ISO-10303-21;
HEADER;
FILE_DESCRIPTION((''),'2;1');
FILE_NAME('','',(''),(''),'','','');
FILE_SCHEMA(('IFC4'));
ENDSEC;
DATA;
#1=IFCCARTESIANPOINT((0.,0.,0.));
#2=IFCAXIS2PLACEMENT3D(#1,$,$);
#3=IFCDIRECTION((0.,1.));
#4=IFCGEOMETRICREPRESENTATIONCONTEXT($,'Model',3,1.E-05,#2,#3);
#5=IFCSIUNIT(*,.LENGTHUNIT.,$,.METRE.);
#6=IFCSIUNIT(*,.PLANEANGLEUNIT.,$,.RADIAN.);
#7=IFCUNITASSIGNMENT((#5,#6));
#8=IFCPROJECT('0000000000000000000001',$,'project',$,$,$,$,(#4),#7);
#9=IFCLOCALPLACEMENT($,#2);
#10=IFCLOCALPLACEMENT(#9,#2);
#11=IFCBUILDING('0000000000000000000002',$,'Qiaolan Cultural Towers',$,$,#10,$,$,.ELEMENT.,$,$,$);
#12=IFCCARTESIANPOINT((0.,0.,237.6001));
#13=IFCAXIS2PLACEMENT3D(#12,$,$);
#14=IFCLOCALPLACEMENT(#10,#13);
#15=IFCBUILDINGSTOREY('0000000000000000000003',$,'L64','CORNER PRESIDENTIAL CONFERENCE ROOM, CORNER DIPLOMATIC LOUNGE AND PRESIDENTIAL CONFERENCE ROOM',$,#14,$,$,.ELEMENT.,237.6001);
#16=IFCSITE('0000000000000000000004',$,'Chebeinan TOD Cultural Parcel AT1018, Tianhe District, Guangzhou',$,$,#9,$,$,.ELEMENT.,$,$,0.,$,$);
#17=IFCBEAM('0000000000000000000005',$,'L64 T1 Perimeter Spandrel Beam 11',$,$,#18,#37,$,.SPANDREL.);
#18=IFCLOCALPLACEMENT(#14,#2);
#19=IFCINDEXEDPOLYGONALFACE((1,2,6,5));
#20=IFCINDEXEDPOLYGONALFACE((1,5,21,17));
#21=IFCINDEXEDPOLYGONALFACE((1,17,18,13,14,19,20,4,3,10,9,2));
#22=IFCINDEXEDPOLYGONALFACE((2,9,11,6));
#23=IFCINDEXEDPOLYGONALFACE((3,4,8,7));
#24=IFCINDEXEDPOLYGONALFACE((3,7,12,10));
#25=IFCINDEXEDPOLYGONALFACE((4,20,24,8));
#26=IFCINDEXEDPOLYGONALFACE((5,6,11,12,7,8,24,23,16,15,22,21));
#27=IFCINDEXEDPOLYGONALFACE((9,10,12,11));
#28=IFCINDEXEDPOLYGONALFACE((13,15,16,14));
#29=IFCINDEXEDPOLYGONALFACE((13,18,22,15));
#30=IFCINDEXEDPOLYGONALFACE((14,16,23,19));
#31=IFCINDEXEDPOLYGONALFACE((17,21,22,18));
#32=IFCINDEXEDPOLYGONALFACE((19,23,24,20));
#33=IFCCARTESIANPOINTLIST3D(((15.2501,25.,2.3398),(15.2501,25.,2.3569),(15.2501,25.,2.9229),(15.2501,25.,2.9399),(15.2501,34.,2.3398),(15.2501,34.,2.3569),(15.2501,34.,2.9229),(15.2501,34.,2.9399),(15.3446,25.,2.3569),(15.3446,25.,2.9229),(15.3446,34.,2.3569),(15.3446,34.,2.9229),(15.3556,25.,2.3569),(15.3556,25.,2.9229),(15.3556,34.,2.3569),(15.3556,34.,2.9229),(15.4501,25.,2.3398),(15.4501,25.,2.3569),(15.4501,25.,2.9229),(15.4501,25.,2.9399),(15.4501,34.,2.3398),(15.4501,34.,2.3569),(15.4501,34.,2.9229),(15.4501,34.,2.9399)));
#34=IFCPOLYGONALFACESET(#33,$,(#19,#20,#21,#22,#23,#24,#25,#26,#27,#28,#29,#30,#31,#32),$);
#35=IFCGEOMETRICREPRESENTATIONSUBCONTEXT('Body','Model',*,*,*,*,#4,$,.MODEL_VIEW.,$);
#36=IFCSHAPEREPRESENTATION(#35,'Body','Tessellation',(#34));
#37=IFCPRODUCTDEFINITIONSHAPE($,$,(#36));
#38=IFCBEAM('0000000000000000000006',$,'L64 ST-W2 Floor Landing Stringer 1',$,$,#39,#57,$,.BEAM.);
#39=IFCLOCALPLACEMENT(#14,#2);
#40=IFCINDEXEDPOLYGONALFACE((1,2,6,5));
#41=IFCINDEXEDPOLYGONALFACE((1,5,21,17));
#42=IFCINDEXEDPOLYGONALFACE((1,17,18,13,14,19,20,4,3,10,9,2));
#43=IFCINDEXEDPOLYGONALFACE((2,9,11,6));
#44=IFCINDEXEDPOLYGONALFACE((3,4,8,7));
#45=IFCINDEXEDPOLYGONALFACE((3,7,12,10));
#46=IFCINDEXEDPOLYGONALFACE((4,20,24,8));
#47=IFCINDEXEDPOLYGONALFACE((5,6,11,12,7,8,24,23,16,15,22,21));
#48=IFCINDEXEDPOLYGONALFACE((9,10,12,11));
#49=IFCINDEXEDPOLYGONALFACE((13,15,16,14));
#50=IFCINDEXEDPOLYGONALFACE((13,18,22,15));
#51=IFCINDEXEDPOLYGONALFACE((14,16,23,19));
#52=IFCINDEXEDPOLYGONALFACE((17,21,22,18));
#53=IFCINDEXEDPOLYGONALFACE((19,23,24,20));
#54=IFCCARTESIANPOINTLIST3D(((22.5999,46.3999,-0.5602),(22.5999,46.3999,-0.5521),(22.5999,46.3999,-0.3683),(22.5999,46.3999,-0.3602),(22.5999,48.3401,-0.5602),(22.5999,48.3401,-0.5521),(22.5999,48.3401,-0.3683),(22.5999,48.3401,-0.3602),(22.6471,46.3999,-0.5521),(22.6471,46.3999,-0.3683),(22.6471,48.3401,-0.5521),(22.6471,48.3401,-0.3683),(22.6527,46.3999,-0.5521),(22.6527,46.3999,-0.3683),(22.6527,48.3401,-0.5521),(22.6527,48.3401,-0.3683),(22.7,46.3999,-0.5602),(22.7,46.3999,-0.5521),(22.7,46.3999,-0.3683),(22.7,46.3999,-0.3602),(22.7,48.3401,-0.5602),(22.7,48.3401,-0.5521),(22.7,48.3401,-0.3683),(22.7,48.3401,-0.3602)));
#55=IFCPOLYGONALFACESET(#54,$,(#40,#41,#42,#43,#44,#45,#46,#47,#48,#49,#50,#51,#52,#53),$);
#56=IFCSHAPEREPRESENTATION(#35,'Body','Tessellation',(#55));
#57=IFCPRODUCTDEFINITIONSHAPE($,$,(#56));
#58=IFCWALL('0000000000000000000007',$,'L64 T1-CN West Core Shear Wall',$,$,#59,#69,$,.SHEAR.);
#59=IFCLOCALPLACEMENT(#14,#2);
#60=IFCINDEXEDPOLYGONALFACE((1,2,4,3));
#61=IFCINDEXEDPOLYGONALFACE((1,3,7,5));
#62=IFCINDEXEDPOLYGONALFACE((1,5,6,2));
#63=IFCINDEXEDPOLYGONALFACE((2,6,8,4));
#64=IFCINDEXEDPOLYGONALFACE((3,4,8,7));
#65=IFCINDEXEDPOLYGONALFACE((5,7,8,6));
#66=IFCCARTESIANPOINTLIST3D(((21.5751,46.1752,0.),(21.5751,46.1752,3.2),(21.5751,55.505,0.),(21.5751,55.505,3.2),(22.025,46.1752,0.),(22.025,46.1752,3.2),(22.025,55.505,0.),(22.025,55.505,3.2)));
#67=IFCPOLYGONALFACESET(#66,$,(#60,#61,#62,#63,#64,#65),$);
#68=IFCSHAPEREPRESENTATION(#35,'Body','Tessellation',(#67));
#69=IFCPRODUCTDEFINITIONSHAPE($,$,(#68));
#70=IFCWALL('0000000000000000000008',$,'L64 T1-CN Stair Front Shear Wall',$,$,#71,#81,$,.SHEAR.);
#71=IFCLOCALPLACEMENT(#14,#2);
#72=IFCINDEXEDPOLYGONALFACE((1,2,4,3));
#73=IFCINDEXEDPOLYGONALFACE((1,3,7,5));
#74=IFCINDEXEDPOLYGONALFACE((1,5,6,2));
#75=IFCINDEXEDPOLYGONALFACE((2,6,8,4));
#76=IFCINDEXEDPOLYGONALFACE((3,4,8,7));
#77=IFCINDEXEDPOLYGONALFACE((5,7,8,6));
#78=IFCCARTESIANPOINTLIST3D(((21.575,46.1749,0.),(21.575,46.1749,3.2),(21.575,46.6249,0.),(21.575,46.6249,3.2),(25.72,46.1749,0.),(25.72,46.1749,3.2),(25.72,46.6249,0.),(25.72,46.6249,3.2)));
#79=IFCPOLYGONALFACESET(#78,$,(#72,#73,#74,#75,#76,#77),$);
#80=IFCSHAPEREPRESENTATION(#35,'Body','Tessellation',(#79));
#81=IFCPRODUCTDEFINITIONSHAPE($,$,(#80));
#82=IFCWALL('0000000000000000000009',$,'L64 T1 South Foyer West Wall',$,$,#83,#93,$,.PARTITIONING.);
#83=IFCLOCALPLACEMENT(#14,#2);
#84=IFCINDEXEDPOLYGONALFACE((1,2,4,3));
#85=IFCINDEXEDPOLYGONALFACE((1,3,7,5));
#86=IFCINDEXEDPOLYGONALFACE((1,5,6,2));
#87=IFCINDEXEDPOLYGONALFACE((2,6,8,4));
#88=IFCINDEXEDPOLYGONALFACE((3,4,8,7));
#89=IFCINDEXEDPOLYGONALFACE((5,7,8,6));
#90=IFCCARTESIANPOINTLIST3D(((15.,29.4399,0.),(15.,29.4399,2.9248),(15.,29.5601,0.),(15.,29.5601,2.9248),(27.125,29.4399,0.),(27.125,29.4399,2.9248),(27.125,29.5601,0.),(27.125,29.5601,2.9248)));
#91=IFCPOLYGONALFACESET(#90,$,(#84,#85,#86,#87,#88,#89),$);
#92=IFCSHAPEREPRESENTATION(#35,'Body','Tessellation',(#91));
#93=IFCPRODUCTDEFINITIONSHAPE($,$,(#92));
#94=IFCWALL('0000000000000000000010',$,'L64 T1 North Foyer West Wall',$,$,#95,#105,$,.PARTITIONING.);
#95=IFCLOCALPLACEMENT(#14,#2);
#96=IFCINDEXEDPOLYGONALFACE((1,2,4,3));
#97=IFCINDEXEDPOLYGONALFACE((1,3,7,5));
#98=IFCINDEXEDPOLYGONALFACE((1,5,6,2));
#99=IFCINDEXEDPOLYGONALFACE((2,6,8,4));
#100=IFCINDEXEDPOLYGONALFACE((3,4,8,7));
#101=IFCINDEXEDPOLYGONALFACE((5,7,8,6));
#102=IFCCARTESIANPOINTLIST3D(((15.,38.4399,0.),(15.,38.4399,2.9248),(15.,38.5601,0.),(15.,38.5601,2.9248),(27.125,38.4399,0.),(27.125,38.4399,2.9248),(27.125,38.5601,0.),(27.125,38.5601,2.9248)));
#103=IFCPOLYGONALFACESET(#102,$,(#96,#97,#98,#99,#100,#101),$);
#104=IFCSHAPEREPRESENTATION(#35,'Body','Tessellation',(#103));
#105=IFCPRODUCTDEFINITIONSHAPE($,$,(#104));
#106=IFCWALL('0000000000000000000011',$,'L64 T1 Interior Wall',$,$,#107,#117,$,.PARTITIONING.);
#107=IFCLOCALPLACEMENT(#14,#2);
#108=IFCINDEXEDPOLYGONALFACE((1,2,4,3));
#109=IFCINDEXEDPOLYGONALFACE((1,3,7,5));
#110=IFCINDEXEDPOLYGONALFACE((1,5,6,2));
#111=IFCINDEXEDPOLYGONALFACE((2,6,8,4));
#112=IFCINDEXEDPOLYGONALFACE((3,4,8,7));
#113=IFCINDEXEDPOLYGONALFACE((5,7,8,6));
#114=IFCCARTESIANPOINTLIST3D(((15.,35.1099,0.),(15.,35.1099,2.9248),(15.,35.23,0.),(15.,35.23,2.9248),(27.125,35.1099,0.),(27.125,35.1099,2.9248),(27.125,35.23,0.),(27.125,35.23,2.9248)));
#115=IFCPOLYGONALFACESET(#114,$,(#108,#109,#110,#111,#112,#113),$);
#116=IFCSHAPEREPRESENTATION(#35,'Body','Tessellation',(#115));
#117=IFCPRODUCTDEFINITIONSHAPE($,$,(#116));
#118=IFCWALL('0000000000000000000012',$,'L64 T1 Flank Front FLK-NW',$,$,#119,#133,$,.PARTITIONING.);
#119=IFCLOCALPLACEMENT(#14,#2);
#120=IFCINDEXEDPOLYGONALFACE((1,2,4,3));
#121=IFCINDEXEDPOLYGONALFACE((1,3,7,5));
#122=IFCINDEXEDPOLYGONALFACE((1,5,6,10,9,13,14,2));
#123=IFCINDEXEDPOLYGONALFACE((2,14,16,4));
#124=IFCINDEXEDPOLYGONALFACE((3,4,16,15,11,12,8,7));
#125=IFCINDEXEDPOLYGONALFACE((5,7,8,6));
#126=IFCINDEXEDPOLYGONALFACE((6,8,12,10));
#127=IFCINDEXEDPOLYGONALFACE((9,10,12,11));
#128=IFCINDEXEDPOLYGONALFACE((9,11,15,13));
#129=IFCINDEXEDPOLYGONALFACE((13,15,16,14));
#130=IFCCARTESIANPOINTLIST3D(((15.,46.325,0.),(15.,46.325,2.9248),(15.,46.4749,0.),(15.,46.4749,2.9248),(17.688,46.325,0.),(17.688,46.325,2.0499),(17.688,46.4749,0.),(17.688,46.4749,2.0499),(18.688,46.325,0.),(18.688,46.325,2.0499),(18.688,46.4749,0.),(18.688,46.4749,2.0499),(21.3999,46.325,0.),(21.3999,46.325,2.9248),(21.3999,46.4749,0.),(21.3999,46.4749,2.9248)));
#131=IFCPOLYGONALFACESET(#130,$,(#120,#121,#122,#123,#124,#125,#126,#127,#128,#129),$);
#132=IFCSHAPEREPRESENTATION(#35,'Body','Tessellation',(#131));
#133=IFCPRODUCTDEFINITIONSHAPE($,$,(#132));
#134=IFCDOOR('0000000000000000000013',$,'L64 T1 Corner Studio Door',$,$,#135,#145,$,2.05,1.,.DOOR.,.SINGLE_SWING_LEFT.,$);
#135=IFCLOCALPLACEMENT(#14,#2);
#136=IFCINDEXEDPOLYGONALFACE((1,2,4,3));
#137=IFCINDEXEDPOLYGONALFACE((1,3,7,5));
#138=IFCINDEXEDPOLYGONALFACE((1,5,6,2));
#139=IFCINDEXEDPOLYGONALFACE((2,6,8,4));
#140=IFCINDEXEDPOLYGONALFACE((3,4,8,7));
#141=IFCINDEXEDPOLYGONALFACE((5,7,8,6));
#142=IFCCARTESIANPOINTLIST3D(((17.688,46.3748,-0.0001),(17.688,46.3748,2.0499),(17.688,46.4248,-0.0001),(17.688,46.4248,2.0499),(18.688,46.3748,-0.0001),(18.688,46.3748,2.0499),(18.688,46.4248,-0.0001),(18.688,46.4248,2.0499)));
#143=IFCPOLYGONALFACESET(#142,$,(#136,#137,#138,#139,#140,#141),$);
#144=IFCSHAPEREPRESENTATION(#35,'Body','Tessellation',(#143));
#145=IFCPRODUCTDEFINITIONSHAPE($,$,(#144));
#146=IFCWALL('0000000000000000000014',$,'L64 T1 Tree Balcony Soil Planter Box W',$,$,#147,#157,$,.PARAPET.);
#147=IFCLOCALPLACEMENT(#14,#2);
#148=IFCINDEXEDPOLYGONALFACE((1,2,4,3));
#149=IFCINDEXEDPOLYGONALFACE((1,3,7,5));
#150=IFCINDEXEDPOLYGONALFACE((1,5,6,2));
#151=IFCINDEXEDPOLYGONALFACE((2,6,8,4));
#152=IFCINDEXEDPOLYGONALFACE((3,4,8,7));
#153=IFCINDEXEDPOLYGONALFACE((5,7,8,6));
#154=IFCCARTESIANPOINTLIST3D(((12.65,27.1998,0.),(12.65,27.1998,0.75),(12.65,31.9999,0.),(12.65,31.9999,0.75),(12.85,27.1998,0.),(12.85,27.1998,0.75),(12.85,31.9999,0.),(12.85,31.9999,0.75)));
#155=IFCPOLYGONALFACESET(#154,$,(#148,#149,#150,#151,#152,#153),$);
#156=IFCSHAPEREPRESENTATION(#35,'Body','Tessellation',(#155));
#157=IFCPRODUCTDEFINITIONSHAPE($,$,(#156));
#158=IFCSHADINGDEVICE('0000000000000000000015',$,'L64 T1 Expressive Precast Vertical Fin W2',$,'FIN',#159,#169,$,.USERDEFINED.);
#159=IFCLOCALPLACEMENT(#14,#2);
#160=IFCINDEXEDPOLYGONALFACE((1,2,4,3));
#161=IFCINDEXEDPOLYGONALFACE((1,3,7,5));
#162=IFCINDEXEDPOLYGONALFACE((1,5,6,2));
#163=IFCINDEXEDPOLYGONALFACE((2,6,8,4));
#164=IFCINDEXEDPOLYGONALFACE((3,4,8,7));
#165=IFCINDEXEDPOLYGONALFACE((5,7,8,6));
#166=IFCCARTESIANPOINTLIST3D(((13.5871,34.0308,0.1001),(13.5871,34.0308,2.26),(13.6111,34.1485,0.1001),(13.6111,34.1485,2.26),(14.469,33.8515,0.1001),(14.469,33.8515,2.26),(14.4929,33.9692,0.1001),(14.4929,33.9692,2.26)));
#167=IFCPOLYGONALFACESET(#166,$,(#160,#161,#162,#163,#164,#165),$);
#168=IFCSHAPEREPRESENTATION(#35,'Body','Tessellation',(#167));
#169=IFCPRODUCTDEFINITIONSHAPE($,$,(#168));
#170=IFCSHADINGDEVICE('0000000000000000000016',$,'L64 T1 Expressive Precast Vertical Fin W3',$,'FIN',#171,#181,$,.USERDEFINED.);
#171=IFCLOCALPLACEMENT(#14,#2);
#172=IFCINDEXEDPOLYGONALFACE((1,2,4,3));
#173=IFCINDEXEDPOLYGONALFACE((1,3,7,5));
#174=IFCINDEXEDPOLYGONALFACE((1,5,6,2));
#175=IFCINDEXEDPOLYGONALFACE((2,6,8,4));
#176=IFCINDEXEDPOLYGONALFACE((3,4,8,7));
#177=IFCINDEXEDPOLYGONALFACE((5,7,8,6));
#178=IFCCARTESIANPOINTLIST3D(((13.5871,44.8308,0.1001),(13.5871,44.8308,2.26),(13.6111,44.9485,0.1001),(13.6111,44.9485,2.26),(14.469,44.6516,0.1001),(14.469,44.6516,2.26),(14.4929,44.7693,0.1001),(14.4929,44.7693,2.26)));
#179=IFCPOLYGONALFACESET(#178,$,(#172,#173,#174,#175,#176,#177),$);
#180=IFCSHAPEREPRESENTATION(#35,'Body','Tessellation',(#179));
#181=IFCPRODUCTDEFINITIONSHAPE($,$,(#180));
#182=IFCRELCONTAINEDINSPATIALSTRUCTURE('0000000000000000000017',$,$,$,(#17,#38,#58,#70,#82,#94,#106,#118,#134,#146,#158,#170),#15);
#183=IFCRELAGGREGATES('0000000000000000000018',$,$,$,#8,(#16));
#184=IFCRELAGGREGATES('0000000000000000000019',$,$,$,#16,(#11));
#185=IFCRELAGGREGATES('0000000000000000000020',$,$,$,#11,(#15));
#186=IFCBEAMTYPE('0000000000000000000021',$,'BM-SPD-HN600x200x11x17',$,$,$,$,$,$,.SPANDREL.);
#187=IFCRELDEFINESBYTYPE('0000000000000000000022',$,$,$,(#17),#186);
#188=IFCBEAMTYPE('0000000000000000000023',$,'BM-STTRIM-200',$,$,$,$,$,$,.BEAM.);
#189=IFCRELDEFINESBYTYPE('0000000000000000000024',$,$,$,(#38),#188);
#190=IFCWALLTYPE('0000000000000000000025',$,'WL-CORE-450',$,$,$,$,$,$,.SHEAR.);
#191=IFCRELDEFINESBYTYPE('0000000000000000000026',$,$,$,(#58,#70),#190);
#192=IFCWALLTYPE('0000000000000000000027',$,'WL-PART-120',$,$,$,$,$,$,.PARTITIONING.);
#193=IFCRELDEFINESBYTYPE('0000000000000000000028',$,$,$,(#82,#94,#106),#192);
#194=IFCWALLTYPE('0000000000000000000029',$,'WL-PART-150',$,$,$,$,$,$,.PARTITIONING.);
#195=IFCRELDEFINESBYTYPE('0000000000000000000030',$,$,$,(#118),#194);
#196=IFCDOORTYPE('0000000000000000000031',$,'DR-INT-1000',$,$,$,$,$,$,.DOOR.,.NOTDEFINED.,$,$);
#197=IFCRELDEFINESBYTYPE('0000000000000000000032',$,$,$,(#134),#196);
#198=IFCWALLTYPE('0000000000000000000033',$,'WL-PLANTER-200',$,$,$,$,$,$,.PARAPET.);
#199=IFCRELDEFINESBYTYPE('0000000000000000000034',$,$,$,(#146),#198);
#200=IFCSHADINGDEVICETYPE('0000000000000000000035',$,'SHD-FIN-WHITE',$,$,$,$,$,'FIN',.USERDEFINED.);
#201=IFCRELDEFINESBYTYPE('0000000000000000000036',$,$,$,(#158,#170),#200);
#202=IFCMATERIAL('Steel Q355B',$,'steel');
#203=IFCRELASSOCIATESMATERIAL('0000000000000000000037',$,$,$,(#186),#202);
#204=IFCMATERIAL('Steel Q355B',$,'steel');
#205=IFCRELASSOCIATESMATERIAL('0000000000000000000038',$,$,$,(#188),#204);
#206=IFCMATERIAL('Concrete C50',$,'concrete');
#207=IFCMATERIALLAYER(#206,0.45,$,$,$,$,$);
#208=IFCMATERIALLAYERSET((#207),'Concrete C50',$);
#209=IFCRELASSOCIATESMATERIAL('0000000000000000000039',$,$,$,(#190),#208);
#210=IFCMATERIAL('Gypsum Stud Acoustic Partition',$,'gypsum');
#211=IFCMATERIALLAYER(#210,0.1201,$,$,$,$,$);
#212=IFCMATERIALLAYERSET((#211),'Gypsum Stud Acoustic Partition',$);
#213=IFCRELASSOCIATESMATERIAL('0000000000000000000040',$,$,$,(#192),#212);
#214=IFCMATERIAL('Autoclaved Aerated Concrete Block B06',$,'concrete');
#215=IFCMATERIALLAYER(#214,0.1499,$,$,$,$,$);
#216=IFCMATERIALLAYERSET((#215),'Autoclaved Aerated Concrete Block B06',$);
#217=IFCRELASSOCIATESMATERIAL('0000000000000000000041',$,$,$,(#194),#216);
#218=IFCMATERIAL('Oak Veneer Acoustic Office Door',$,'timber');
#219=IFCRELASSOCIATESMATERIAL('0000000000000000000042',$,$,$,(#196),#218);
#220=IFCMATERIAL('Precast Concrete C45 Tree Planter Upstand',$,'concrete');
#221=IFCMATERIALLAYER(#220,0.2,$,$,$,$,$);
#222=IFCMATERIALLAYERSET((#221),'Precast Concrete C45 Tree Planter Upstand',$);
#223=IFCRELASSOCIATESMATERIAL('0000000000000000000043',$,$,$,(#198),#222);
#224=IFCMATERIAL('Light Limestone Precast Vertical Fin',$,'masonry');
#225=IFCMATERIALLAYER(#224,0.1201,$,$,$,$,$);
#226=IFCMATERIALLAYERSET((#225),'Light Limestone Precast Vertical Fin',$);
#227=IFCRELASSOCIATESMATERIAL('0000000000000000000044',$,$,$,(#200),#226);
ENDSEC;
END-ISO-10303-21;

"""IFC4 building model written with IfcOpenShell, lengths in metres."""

from ifc_helpers import new_model, si_unit, direction, frame, frame_2d, origin, origin_2d, place, context, subcontext, project, spatial, rectangle, i_section, extrude, material, layer, layer_set, material_profile, profile_set, type_object, element, fill, save


model = new_model("IFC4")

# Units and contexts
model_context = context("Model", 3, precision=1e-05, world=origin(), true_north=direction((0.0, 1.0)))
body_context = subcontext(model_context, "Body", "Model", "MODEL_VIEW")
ifc_project = project(units=[si_unit("LENGTHUNIT", "METRE"), si_unit("PLANEANGLEUNIT", "RADIAN")], contexts=[model_context])

# Site, building, storey
site_placement = place(None, origin())
site = spatial("IfcSite", under=ifc_project, at=site_placement, Name="Chebeinan TOD Cultural Parcel AT1018, Tianhe District, Guangzhou", CompositionType="ELEMENT", RefElevation=0.0)
building_placement = place(site_placement, origin())
building = spatial("IfcBuilding", under=site, at=building_placement, Name="Qiaolan Cultural Towers", CompositionType="ELEMENT")
storey_placement = place(building_placement, frame((0.0, 0.0, 237.6001)))
storey = spatial("IfcBuildingStorey", under=building, at=storey_placement, Name="L64", Description="CORNER PRESIDENTIAL CONFERENCE ROOM, CORNER DIPLOMATIC LOUNGE AND PRESIDENTIAL CONFERENCE ROOM", CompositionType="ELEMENT", Elevation=237.6001)

# Beams
ifc_material_1 = material(Name="Steel Q355B", Category="steel")
ifc_material_profile_1 = material_profile(ifc_material_1, i_section(OverallWidth=0.2, OverallDepth=0.6001, WebThickness=0.011, FlangeThickness=0.0171, at=origin_2d()), Name="HN600x200x11x17")
ifc_profile_set_1 = profile_set([ifc_material_profile_1], Name="Steel Q355B")
beam_type_1 = type_object("IfcBeamType", Name="BM-SPD-HN600x200x11x17", PredefinedType="SPANDREL", material=ifc_profile_set_1)
for number, where, z_axis, x_axis, name in (
    (1, (15.3501, 34.0, 2.6399), (0.0, -1.0, 0.0), (1.0, 0.0, 0.0), "L64 T1 Perimeter Spandrel Beam 11"),
):
    element("IfcBeam", number, at=place(storey_placement, frame(where, z_axis=z_axis, x_axis=x_axis)), inside=storey, type_object=beam_type_1, Name=name, PredefinedType="SPANDREL", context=body_context, shape_type="SweptSolid", body=[
        extrude(i_section(OverallWidth=0.2, OverallDepth=0.6001, WebThickness=0.011, FlangeThickness=0.0171, at=origin_2d()), origin(), (0.0, 0.0, 1.0), 9.0),
    ])
ifc_material_2 = material(Name="Steel Q355B", Category="steel")
ifc_material_profile_2 = material_profile(ifc_material_2, i_section(OverallWidth=0.1001, OverallDepth=0.2, WebThickness=0.0056, FlangeThickness=0.0081, at=origin_2d()), Name="HN200x100x5.5x8")
ifc_profile_set_2 = profile_set([ifc_material_profile_2], Name="Steel Q355B")
beam_type_2 = type_object("IfcBeamType", Name="BM-STTRIM-200", PredefinedType="BEAM", material=ifc_profile_set_2)
beam_1_placement = place(storey_placement, frame((22.6499, 46.3999, -0.4602), z_axis=(0.0, 1.0, 0.0), x_axis=(-1.0, 0.0, 0.0)))
element("IfcBeam", 2, at=beam_1_placement, inside=storey, type_object=beam_type_2, Name="L64 ST-W2 Floor Landing Stringer 1", PredefinedType="BEAM", context=body_context, shape_type="SweptSolid", body=[
    extrude(i_section(OverallWidth=0.1001, OverallDepth=0.2, WebThickness=0.0056, FlangeThickness=0.0081, at=origin_2d()), origin(), (0.0, 0.0, 1.0), 1.9402),
])

# Walls
ifc_material_3 = material(Name="Concrete C50", Category="concrete")
ifc_layer_1 = layer(ifc_material_3, 0.45)
ifc_layer_set_1 = layer_set([ifc_layer_1], Name="Concrete C50")
wall_type_1 = type_object("IfcWallType", Name="WL-CORE-450", PredefinedType="SHEAR", material=ifc_layer_set_1)
wall_1_placement = place(storey_placement, frame((21.8, 46.175, 0.0), z_axis=(0.0, 0.0, 1.0), x_axis=(0.0, 1.0, 0.0)))
element("IfcWall", 3, at=wall_1_placement, inside=storey, type_object=wall_type_1, Name="L64 T1-CN West Core Shear Wall", PredefinedType="SHEAR", context=body_context, shape_type="SweptSolid", body=[
    extrude(rectangle(XDim=9.3298, YDim=0.45, at=frame_2d((4.665, 0.0))), origin(), (0.0, 0.0, 1.0), 3.2),
])
wall_2_placement = place(storey_placement, frame((21.575, 46.3999, 0.0), z_axis=(0.0, 0.0, 1.0), x_axis=(1.0, 0.0, 0.0)))
element("IfcWall", 4, at=wall_2_placement, inside=storey, type_object=wall_type_1, Name="L64 T1-CN Stair Front Shear Wall", PredefinedType="SHEAR", context=body_context, shape_type="SweptSolid", body=[
    extrude(rectangle(XDim=4.145, YDim=0.45, at=frame_2d((2.0725, 0.0))), origin(), (0.0, 0.0, 1.0), 3.2),
])
ifc_material_4 = material(Name="Gypsum Stud Acoustic Partition", Category="gypsum")
ifc_layer_2 = layer(ifc_material_4, 0.1201)
ifc_layer_set_2 = layer_set([ifc_layer_2], Name="Gypsum Stud Acoustic Partition")
wall_type_2 = type_object("IfcWallType", Name="WL-PART-120", PredefinedType="PARTITIONING", material=ifc_layer_set_2)
for number, where, z_axis, x_axis, name in (
    (5, (15.0, 29.5, 0.0), (0.0, 0.0, 1.0), (1.0, 0.0, 0.0), "L64 T1 South Foyer West Wall"),
    (6, (15.0, 38.5, 0.0), (0.0, 0.0, 1.0), (1.0, 0.0, 0.0), "L64 T1 North Foyer West Wall"),
    (7, (15.0, 35.1699, 0.0), (0.0, 0.0, 1.0), (1.0, 0.0, 0.0), "L64 T1 Interior Wall"),
):
    element("IfcWall", number, at=place(storey_placement, frame(where, z_axis=z_axis, x_axis=x_axis)), inside=storey, type_object=wall_type_2, Name=name, PredefinedType="PARTITIONING", context=body_context, shape_type="SweptSolid", body=[
        extrude(rectangle(XDim=12.125, YDim=0.1201, at=frame_2d((6.0625, 0.0))), origin(), (0.0, 0.0, 1.0), 2.9248),
    ])

# Wall, opening, door
ifc_material_5 = material(Name="Autoclaved Aerated Concrete Block B06", Category="concrete")
ifc_layer_3 = layer(ifc_material_5, 0.1499)
ifc_layer_set_3 = layer_set([ifc_layer_3], Name="Autoclaved Aerated Concrete Block B06")
wall_type_3 = type_object("IfcWallType", Name="WL-PART-150", PredefinedType="PARTITIONING", material=ifc_layer_set_3)
wall_3_placement = place(storey_placement, frame((15.0, 46.3999, 0.0), z_axis=(0.0, 0.0, 1.0), x_axis=(1.0, 0.0, 0.0)))
wall_3 = element("IfcWall", 8, at=wall_3_placement, inside=storey, type_object=wall_type_3, Name="L64 T1 Flank Front FLK-NW", PredefinedType="PARTITIONING", context=body_context, shape_type="SweptSolid", body=[
    extrude(rectangle(XDim=6.3999, YDim=0.1499, at=frame_2d((3.2, 0.0))), origin(), (0.0, 0.0, 1.0), 2.9248),
])
opening_placement = place(wall_3_placement, frame((2.688, 0.0, 0.0)))
opening = element("IfcOpeningElement", 9, at=opening_placement, cuts=wall_3, PredefinedType="OPENING", context=body_context, shape_type="SweptSolid", body=[
    extrude(rectangle(XDim=1.0, YDim=2.05, at=frame_2d((0.5, 1.0249))), frame((0.0, 0.085, 0.0), z_axis=(0.0, -1.0, 0.0), x_axis=(1.0, 0.0, 0.0)), (0.0, 0.0, 1.0), 0.1699),
])
ifc_material_6 = material(Name="Oak Veneer Acoustic Office Door", Category="timber")
door_type = type_object("IfcDoorType", Name="DR-INT-1000", OperationType="NOTDEFINED", PredefinedType="DOOR", material=ifc_material_6)
door_placement = place(opening_placement, origin())
door = element("IfcDoor", 10, at=door_placement, inside=storey, type_object=door_type, Name="L64 T1 Corner Studio Door", OperationType="SINGLE_SWING_LEFT", OverallHeight=2.05, OverallWidth=1.0, PredefinedType="DOOR", context=body_context, shape_type="SweptSolid", body=[
    extrude(rectangle(XDim=1.0, YDim=2.05, at=frame_2d((0.5, 1.0249))), frame((0.0, 0.0249, 0.0), z_axis=(0.0, -1.0, 0.0), x_axis=(1.0, 0.0, 0.0)), (0.0, 0.0, 1.0), 0.05),
])
fill(opening, door)

# Wall
ifc_material_7 = material(Name="Precast Concrete C45 Tree Planter Upstand", Category="concrete")
ifc_layer_4 = layer(ifc_material_7, 0.2)
ifc_layer_set_4 = layer_set([ifc_layer_4], Name="Precast Concrete C45 Tree Planter Upstand")
wall_type_4 = type_object("IfcWallType", Name="WL-PLANTER-200", PredefinedType="PARAPET", material=ifc_layer_set_4)
wall_4_placement = place(storey_placement, frame((12.75, 27.2, 0.0), z_axis=(0.0, 0.0, 1.0), x_axis=(0.0, 1.0, 0.0)))
element("IfcWall", 11, at=wall_4_placement, inside=storey, type_object=wall_type_4, Name="L64 T1 Tree Balcony Soil Planter Box W", PredefinedType="PARAPET", context=body_context, shape_type="SweptSolid", body=[
    extrude(rectangle(XDim=4.8, YDim=0.2, at=frame_2d((2.3999, 0.0))), origin(), (0.0, 0.0, 1.0), 0.75),
])

# Shading devices
ifc_material_8 = material(Name="Light Limestone Precast Vertical Fin", Category="masonry")
ifc_layer_5 = layer(ifc_material_8, 0.1201)
ifc_layer_set_5 = layer_set([ifc_layer_5], Name="Light Limestone Precast Vertical Fin")
shading_device_type = type_object("IfcShadingDeviceType", Name="SHD-FIN-WHITE", ElementType="FIN", PredefinedType="USERDEFINED", material=ifc_layer_set_5)
for number, where, z_axis, x_axis, name in (
    (12, (14.04, 34.0, 0.1001), (0.0, 0.0, 1.0), (0.979957, -0.199208, 0.0), "L64 T1 Expressive Precast Vertical Fin W2"),
    (13, (14.04, 44.8, 0.1001), (0.0, 0.0, 1.0), (0.979957, -0.199208, 0.0), "L64 T1 Expressive Precast Vertical Fin W3"),
):
    element("IfcShadingDevice", number, at=place(storey_placement, frame(where, z_axis=z_axis, x_axis=x_axis)), inside=storey, type_object=shading_device_type, Name=name, ObjectType="FIN", PredefinedType="USERDEFINED", context=body_context, shape_type="SweptSolid", body=[
        extrude(rectangle(XDim=0.8999, YDim=0.1201, at=origin_2d()), origin(), (0.0, 0.0, 1.0), 2.1599),
    ])

save(model, "model.ifc")
